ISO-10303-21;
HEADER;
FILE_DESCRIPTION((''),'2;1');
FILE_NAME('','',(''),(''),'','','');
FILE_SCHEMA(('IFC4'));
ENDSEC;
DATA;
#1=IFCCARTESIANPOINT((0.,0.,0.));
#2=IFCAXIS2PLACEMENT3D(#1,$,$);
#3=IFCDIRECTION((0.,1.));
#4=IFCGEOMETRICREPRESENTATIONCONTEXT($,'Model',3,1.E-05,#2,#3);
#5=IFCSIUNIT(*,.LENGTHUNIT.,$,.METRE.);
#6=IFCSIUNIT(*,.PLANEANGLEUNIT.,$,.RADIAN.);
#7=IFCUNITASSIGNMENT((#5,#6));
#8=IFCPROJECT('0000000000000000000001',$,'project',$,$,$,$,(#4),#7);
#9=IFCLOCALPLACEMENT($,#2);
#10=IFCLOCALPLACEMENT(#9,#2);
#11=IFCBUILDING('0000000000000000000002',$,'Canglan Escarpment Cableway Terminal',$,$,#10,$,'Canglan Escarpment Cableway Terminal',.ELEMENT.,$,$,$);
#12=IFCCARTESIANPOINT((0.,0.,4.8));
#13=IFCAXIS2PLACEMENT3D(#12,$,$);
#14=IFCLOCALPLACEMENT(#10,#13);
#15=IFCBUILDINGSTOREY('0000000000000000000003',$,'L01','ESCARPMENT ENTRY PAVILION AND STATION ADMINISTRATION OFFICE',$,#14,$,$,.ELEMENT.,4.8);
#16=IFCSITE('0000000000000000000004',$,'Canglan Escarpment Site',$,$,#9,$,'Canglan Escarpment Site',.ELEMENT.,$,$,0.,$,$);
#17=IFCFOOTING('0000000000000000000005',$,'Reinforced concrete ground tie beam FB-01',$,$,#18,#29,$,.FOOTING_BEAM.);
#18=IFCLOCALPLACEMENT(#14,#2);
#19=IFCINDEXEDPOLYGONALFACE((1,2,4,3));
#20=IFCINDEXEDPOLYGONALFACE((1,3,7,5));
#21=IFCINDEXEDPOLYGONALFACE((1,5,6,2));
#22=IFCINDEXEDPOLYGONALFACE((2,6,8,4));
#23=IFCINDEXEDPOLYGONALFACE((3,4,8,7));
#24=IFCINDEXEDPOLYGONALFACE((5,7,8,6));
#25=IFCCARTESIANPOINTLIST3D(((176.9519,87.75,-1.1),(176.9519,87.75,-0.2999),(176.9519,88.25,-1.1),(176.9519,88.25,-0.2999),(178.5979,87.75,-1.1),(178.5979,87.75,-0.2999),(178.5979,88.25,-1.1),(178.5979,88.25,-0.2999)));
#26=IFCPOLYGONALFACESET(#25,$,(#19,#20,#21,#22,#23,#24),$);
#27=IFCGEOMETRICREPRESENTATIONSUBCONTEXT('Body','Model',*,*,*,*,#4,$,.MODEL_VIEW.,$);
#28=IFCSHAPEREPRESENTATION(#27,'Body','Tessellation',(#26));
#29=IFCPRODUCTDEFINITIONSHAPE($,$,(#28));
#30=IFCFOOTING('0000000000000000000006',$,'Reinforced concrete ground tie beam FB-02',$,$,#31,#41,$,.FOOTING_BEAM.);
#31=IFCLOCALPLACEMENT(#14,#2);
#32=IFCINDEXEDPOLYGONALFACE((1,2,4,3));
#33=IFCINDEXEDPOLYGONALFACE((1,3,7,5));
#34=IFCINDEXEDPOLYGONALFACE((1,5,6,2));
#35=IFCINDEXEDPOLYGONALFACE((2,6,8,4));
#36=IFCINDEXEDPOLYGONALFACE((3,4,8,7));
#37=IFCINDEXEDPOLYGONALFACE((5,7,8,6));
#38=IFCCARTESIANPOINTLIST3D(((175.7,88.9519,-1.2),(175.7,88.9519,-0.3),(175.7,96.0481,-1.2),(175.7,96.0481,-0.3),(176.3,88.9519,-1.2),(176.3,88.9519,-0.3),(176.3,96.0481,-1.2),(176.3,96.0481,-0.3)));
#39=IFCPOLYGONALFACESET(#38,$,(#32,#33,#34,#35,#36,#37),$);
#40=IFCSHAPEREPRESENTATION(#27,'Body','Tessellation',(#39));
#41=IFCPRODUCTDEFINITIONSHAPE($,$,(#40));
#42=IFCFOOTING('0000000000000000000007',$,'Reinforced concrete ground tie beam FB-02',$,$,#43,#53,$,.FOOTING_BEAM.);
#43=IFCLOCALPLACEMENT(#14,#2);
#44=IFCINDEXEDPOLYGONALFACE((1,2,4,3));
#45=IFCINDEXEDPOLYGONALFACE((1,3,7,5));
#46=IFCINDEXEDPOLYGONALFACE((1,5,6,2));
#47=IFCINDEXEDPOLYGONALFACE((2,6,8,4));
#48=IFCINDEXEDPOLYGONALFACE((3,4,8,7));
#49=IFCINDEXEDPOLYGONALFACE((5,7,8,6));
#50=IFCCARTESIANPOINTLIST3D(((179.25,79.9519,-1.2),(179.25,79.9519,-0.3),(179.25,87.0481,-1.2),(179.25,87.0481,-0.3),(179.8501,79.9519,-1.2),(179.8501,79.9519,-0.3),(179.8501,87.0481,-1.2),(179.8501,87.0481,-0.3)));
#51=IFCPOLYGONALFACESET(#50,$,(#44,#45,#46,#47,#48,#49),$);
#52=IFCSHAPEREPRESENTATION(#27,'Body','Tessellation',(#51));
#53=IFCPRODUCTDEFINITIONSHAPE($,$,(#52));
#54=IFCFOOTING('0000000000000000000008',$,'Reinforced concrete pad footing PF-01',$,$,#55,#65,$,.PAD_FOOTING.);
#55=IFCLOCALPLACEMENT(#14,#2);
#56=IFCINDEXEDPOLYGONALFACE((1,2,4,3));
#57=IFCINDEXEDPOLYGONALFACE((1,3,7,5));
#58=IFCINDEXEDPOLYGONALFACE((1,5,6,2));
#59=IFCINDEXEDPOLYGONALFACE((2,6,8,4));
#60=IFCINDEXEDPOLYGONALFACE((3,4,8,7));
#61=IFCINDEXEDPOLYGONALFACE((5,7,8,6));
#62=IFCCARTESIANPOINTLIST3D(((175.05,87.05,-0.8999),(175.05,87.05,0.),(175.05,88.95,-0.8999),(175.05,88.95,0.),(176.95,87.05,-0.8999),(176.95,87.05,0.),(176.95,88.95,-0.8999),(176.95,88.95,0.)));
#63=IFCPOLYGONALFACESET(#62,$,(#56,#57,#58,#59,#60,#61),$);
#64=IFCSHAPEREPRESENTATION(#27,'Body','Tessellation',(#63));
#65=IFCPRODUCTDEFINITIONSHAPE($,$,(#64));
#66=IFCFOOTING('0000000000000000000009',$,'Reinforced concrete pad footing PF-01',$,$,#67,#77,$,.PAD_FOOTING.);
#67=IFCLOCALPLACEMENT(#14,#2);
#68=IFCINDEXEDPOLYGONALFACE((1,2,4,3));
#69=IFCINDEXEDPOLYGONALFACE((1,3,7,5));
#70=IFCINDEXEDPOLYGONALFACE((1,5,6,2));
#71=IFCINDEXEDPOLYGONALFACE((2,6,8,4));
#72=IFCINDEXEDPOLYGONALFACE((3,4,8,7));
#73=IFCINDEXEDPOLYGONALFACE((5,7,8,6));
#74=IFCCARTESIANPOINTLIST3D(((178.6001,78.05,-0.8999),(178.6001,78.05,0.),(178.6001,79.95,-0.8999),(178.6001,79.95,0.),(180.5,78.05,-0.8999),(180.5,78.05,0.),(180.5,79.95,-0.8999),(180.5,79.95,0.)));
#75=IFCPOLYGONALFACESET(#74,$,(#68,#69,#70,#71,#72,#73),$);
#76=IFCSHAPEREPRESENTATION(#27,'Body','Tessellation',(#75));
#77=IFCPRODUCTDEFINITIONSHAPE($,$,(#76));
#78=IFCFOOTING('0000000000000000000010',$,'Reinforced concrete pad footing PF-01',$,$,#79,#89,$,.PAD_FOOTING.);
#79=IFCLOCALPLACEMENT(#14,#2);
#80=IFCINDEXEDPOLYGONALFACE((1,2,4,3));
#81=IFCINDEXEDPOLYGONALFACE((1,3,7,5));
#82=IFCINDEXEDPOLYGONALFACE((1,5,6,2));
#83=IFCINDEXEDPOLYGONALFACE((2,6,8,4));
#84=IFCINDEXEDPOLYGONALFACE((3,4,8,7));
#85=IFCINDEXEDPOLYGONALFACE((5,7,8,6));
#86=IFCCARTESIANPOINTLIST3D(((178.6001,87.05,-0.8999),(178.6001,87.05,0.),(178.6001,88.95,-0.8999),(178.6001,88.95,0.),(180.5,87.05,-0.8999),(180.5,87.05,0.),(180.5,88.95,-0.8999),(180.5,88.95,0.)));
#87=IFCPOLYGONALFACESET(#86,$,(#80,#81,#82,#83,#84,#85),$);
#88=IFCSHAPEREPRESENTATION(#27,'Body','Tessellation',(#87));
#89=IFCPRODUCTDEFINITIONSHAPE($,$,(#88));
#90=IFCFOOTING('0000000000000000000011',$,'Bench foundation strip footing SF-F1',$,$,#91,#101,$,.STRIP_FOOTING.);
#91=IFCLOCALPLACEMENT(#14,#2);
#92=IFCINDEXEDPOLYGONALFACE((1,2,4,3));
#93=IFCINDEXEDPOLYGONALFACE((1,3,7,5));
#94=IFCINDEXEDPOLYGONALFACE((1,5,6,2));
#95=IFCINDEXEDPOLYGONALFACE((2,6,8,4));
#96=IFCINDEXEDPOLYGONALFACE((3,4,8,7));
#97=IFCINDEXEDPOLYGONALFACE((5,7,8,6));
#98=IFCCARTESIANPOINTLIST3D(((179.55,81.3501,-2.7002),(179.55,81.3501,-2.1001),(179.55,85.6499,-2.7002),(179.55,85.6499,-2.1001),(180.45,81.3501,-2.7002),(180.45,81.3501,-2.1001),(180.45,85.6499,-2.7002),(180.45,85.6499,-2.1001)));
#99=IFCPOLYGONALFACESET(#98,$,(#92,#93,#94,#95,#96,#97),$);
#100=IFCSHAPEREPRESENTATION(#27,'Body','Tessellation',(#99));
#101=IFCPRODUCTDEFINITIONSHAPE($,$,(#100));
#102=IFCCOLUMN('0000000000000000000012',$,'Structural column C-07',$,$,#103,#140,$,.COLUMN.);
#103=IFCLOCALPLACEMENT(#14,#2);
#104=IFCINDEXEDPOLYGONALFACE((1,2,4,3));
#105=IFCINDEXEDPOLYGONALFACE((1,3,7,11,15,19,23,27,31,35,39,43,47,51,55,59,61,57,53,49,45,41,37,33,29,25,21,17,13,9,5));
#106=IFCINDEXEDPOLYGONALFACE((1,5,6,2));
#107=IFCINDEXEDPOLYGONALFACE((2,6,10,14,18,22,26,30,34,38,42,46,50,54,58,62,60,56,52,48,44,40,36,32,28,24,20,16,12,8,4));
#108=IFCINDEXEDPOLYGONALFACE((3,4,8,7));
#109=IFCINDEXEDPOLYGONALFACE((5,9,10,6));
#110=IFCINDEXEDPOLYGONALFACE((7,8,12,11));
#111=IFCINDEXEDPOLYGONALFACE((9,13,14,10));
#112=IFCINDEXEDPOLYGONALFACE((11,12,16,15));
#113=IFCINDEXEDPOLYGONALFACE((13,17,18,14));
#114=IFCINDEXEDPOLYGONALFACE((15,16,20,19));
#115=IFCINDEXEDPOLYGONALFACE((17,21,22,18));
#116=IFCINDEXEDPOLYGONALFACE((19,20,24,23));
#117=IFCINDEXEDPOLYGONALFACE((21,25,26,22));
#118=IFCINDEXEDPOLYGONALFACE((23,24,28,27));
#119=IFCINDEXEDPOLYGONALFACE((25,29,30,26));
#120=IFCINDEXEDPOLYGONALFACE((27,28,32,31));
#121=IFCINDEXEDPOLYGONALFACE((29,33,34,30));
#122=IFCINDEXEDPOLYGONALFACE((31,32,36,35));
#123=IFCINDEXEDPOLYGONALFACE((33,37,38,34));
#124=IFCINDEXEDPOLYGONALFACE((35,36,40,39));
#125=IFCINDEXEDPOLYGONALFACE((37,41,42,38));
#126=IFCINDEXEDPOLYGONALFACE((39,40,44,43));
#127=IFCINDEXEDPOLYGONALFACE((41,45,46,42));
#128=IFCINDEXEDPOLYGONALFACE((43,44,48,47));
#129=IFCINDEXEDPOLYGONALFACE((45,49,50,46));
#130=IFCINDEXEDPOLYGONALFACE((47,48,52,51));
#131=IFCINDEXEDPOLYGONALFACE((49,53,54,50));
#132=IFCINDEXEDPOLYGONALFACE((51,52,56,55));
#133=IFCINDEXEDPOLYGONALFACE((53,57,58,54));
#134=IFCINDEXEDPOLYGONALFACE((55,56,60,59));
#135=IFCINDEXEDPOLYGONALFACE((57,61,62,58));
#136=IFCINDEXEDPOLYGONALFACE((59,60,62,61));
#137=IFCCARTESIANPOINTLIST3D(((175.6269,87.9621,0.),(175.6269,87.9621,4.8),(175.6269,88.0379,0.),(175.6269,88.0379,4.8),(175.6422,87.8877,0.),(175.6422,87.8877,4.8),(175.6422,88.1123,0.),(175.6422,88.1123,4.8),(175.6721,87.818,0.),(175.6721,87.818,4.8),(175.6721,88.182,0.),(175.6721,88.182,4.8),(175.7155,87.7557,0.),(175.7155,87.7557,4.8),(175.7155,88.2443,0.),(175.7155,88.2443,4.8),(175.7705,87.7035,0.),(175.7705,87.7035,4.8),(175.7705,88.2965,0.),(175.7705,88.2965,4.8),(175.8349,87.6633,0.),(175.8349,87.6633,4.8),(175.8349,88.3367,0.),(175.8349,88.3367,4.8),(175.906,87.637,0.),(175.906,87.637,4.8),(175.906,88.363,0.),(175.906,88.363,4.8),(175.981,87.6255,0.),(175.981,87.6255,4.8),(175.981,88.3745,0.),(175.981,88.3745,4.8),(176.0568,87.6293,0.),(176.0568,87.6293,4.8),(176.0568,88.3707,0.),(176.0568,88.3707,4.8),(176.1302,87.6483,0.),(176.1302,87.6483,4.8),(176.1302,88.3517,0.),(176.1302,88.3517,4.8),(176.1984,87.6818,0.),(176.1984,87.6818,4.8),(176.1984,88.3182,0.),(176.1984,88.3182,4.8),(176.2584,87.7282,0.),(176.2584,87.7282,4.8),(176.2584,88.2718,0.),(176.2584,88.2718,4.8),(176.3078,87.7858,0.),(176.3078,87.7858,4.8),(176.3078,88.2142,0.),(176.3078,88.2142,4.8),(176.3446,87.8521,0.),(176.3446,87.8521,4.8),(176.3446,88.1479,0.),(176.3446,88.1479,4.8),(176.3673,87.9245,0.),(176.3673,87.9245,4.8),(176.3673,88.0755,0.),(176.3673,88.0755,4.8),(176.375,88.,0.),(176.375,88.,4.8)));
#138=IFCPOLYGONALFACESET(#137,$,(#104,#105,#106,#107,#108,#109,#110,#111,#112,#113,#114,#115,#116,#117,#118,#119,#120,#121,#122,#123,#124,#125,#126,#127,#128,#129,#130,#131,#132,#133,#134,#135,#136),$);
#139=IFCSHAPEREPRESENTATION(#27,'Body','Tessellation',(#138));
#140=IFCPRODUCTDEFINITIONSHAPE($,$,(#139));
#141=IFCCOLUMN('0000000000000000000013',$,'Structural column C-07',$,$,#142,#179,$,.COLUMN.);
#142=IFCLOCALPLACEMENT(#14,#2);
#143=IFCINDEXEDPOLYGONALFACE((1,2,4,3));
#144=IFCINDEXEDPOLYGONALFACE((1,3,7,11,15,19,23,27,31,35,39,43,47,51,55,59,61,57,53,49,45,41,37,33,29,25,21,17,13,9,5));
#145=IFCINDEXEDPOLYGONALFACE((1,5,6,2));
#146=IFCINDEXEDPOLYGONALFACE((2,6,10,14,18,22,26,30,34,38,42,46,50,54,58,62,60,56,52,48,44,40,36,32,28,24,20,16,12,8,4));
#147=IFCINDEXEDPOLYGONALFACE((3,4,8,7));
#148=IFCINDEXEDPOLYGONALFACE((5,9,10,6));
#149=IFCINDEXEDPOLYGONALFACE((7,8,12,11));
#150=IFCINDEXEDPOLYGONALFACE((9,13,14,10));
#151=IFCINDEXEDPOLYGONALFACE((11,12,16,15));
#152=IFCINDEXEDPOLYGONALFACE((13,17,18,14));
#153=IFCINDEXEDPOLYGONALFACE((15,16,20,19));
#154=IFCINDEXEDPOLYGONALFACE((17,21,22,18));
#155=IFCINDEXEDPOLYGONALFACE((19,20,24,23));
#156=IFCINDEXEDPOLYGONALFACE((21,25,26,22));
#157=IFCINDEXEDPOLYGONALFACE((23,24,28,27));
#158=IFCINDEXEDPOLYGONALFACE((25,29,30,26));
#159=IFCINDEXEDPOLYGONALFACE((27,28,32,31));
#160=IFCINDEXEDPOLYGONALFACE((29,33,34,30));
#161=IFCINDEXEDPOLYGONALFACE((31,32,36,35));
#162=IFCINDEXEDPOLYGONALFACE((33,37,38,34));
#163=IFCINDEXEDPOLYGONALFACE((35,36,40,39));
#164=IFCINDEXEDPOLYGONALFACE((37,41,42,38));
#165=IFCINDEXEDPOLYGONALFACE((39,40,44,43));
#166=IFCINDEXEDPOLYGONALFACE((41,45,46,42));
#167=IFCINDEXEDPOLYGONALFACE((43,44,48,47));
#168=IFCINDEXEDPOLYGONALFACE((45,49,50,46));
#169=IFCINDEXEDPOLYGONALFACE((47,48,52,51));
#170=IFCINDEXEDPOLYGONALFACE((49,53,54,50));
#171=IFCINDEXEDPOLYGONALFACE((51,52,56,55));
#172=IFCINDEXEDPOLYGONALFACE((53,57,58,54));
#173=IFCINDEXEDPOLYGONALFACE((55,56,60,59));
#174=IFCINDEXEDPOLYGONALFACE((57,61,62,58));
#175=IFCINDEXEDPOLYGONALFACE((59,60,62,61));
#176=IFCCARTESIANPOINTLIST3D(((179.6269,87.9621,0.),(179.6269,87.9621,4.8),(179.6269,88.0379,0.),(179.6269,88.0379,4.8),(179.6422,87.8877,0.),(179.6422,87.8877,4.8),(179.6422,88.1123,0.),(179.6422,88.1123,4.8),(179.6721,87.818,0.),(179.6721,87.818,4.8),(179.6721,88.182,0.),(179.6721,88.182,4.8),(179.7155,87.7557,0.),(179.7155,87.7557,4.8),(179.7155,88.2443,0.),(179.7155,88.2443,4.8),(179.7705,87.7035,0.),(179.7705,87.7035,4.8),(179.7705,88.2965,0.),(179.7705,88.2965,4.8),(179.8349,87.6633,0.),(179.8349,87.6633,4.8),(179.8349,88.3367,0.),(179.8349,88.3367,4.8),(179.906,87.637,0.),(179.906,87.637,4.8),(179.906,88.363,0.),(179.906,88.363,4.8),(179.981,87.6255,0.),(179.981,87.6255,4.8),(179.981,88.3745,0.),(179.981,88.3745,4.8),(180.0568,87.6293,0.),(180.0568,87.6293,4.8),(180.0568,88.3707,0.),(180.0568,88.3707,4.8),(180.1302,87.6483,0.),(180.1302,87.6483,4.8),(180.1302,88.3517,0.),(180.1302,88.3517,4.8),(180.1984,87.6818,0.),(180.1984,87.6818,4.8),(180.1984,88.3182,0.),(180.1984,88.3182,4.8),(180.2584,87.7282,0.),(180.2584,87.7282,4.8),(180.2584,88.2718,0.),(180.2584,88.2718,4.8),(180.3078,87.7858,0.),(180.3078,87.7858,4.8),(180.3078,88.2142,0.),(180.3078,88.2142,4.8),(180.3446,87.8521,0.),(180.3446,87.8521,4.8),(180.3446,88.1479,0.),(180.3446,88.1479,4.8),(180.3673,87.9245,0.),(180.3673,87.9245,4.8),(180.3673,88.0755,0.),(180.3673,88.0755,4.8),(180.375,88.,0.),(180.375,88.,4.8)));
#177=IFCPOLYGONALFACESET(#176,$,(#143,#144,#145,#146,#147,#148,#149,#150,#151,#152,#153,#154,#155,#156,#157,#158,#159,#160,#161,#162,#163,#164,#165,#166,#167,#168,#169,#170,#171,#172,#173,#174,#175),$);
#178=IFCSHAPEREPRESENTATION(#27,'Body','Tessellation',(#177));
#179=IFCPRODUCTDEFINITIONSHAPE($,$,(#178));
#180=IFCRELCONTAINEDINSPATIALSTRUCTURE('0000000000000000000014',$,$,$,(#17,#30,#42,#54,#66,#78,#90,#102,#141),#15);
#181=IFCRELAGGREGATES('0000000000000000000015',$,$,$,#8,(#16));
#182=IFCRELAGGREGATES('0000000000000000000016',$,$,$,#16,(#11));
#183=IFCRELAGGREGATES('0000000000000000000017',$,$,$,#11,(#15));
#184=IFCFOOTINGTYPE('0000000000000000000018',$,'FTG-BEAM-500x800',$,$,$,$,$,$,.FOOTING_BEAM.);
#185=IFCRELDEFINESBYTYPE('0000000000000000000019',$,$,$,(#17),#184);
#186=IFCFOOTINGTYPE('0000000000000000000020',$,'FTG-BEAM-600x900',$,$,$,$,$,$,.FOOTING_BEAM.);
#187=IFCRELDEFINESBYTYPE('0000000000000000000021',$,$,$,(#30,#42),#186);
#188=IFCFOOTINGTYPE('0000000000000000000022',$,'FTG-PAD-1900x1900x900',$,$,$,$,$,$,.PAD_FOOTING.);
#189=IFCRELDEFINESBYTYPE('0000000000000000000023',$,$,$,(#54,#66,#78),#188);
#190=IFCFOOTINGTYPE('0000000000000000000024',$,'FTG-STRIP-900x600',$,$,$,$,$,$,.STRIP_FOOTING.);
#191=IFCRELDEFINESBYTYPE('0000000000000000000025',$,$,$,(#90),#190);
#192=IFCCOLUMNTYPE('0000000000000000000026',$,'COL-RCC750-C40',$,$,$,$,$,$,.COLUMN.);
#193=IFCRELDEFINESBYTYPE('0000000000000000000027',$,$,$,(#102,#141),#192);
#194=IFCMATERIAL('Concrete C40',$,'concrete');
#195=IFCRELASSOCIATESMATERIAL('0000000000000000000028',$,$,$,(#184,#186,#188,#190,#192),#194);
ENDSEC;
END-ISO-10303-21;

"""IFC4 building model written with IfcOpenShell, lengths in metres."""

from ifc_helpers import new_model, si_unit, direction, frame, origin, origin_2d, place, context, subcontext, project, spatial, rectangle, circle, extrude, material, material_profile, profile_set, type_object, element, save


model = new_model("IFC4")

# Units and contexts
model_context = context("Model", 3, precision=1e-05, world=origin(), true_north=direction((0.0, 1.0)))
body_context = subcontext(model_context, "Body", "Model", "MODEL_VIEW")
ifc_project = project(units=[si_unit("LENGTHUNIT", "METRE"), si_unit("PLANEANGLEUNIT", "RADIAN")], contexts=[model_context])

# Site, building, storey
site_placement = place(None, origin())
site = spatial("IfcSite", under=ifc_project, at=site_placement, Name="Canglan Escarpment Site", LongName="Canglan Escarpment Site", CompositionType="ELEMENT", RefElevation=0.0)
building_placement = place(site_placement, origin())
building = spatial("IfcBuilding", under=site, at=building_placement, Name="Canglan Escarpment Cableway Terminal", LongName="Canglan Escarpment Cableway Terminal", CompositionType="ELEMENT")
storey_placement = place(building_placement, frame((0.0, 0.0, 4.8)))
storey = spatial("IfcBuildingStorey", under=building, at=storey_placement, Name="L01", Description="ESCARPMENT ENTRY PAVILION AND STATION ADMINISTRATION OFFICE", CompositionType="ELEMENT", Elevation=4.8)

# Footings
ifc_material_1 = material(Name="Concrete C40", Category="concrete")
ifc_material_profile_1 = material_profile(ifc_material_1, rectangle(XDim=0.5, YDim=0.8, at=origin_2d()), Name="FB 500x800")
ifc_profile_set_1 = profile_set([ifc_material_profile_1], Name="Concrete C40")
footing_type_1 = type_object("IfcFootingType", Name="FTG-BEAM-500x800", PredefinedType="FOOTING_BEAM", material=ifc_profile_set_1)
footing_1_placement = place(storey_placement, frame((176.9519, 88.0, -0.7), z_axis=(1.0, 0.0, 0.0), x_axis=(0.0, 1.0, 0.0)))
element("IfcFooting", 1, at=footing_1_placement, inside=storey, type_object=footing_type_1, Name="Reinforced concrete ground tie beam FB-01", PredefinedType="FOOTING_BEAM", context=body_context, shape_type="SweptSolid", body=[
    extrude(rectangle(XDim=0.5, YDim=0.8, at=origin_2d()), origin(), (0.0, 0.0, 1.0), 1.646),
])
ifc_material_profile_2 = material_profile(ifc_material_1, rectangle(XDim=0.6001, YDim=0.8999, at=origin_2d()), Name="FB 600x900")
ifc_profile_set_2 = profile_set([ifc_material_profile_2], Name="Concrete C40")
footing_type_2 = type_object("IfcFootingType", Name="FTG-BEAM-600x900", PredefinedType="FOOTING_BEAM", material=ifc_profile_set_2)
for number, where, z_axis, x_axis, name in (
    (2, (176.0, 88.9519, -0.75), (0.0, 1.0, 0.0), (-1.0, 0.0, 0.0), "Reinforced concrete ground tie beam FB-02"),
    (3, (179.55, 79.9519, -0.75), (0.0, 1.0, 0.0), (-1.0, 0.0, 0.0), "Reinforced concrete ground tie beam FB-02"),
):
    element("IfcFooting", number, at=place(storey_placement, frame(where, z_axis=z_axis, x_axis=x_axis)), inside=storey, type_object=footing_type_2, Name=name, PredefinedType="FOOTING_BEAM", context=body_context, shape_type="SweptSolid", body=[
        extrude(rectangle(XDim=0.6001, YDim=0.8999, at=origin_2d()), origin(), (0.0, 0.0, 1.0), 7.0962),
    ])
footing_type_3 = type_object("IfcFootingType", Name="FTG-PAD-1900x1900x900", PredefinedType="PAD_FOOTING", material=ifc_material_1)
for number, where, z_axis, x_axis, name in (
    (4, (176.0, 88.0, -0.8999), (0.0, 0.0, 1.0), (1.0, 0.0, 0.0), "Reinforced concrete pad footing PF-01"),
    (5, (179.55, 79.0, -0.8999), (0.0, 0.0, 1.0), (1.0, 0.0, 0.0), "Reinforced concrete pad footing PF-01"),
    (6, (179.55, 88.0, -0.8999), (0.0, 0.0, 1.0), (1.0, 0.0, 0.0), "Reinforced concrete pad footing PF-01"),
):
    element("IfcFooting", number, at=place(storey_placement, frame(where, z_axis=z_axis, x_axis=x_axis)), inside=storey, type_object=footing_type_3, Name=name, PredefinedType="PAD_FOOTING", context=body_context, shape_type="SweptSolid", body=[
        extrude(rectangle(XDim=1.8999, YDim=1.8999, at=origin_2d()), origin(), (0.0, 0.0, 1.0), 0.8999),
    ])
ifc_material_profile_3 = material_profile(ifc_material_1, rectangle(XDim=0.8999, YDim=0.6001, at=origin_2d()), Name="SF 900x600")
ifc_profile_set_3 = profile_set([ifc_material_profile_3], Name="Concrete C40")
footing_type_4 = type_object("IfcFootingType", Name="FTG-STRIP-900x600", PredefinedType="STRIP_FOOTING", material=ifc_profile_set_3)
footing_2_placement = place(storey_placement, frame((180.0, 81.3501, -2.4001), z_axis=(0.0, 1.0, 0.0), x_axis=(-1.0, 0.0, 0.0)))
element("IfcFooting", 7, at=footing_2_placement, inside=storey, type_object=footing_type_4, Name="Bench foundation strip footing SF-F1", PredefinedType="STRIP_FOOTING", context=body_context, shape_type="SweptSolid", body=[
    extrude(rectangle(XDim=0.8999, YDim=0.6001, at=origin_2d()), origin(), (0.0, 0.0, 1.0), 4.2998),
])

# Columns
ifc_material_profile_4 = material_profile(ifc_material_1, circle(Radius=0.375, at=origin_2d()), Name="RC-CIRC D750")
ifc_profile_set_4 = profile_set([ifc_material_profile_4], Name="Concrete C40")
column_type_1 = type_object("IfcColumnType", Name="COL-RCC750-C40", PredefinedType="COLUMN", material=ifc_profile_set_4)
for number, where, z_axis, x_axis, name in (
    (8, (176.0, 88.0, 0.0), (0.0, 0.0, 1.0), (1.0, 0.0, 0.0), "Structural column C-07"),
    (9, (180.0, 88.0, 0.0), (0.0, 0.0, 1.0), (1.0, 0.0, 0.0), "Structural column C-07"),
):
    element("IfcColumn", number, at=place(storey_placement, frame(where, z_axis=z_axis, x_axis=x_axis)), inside=storey, type_object=column_type_1, Name=name, PredefinedType="COLUMN", context=body_context, shape_type="SweptSolid", body=[
        extrude(circle(Radius=0.375, at=origin_2d()), origin(), (0.0, 0.0, 1.0), 4.8),
    ])

save(model, "model.ifc")
